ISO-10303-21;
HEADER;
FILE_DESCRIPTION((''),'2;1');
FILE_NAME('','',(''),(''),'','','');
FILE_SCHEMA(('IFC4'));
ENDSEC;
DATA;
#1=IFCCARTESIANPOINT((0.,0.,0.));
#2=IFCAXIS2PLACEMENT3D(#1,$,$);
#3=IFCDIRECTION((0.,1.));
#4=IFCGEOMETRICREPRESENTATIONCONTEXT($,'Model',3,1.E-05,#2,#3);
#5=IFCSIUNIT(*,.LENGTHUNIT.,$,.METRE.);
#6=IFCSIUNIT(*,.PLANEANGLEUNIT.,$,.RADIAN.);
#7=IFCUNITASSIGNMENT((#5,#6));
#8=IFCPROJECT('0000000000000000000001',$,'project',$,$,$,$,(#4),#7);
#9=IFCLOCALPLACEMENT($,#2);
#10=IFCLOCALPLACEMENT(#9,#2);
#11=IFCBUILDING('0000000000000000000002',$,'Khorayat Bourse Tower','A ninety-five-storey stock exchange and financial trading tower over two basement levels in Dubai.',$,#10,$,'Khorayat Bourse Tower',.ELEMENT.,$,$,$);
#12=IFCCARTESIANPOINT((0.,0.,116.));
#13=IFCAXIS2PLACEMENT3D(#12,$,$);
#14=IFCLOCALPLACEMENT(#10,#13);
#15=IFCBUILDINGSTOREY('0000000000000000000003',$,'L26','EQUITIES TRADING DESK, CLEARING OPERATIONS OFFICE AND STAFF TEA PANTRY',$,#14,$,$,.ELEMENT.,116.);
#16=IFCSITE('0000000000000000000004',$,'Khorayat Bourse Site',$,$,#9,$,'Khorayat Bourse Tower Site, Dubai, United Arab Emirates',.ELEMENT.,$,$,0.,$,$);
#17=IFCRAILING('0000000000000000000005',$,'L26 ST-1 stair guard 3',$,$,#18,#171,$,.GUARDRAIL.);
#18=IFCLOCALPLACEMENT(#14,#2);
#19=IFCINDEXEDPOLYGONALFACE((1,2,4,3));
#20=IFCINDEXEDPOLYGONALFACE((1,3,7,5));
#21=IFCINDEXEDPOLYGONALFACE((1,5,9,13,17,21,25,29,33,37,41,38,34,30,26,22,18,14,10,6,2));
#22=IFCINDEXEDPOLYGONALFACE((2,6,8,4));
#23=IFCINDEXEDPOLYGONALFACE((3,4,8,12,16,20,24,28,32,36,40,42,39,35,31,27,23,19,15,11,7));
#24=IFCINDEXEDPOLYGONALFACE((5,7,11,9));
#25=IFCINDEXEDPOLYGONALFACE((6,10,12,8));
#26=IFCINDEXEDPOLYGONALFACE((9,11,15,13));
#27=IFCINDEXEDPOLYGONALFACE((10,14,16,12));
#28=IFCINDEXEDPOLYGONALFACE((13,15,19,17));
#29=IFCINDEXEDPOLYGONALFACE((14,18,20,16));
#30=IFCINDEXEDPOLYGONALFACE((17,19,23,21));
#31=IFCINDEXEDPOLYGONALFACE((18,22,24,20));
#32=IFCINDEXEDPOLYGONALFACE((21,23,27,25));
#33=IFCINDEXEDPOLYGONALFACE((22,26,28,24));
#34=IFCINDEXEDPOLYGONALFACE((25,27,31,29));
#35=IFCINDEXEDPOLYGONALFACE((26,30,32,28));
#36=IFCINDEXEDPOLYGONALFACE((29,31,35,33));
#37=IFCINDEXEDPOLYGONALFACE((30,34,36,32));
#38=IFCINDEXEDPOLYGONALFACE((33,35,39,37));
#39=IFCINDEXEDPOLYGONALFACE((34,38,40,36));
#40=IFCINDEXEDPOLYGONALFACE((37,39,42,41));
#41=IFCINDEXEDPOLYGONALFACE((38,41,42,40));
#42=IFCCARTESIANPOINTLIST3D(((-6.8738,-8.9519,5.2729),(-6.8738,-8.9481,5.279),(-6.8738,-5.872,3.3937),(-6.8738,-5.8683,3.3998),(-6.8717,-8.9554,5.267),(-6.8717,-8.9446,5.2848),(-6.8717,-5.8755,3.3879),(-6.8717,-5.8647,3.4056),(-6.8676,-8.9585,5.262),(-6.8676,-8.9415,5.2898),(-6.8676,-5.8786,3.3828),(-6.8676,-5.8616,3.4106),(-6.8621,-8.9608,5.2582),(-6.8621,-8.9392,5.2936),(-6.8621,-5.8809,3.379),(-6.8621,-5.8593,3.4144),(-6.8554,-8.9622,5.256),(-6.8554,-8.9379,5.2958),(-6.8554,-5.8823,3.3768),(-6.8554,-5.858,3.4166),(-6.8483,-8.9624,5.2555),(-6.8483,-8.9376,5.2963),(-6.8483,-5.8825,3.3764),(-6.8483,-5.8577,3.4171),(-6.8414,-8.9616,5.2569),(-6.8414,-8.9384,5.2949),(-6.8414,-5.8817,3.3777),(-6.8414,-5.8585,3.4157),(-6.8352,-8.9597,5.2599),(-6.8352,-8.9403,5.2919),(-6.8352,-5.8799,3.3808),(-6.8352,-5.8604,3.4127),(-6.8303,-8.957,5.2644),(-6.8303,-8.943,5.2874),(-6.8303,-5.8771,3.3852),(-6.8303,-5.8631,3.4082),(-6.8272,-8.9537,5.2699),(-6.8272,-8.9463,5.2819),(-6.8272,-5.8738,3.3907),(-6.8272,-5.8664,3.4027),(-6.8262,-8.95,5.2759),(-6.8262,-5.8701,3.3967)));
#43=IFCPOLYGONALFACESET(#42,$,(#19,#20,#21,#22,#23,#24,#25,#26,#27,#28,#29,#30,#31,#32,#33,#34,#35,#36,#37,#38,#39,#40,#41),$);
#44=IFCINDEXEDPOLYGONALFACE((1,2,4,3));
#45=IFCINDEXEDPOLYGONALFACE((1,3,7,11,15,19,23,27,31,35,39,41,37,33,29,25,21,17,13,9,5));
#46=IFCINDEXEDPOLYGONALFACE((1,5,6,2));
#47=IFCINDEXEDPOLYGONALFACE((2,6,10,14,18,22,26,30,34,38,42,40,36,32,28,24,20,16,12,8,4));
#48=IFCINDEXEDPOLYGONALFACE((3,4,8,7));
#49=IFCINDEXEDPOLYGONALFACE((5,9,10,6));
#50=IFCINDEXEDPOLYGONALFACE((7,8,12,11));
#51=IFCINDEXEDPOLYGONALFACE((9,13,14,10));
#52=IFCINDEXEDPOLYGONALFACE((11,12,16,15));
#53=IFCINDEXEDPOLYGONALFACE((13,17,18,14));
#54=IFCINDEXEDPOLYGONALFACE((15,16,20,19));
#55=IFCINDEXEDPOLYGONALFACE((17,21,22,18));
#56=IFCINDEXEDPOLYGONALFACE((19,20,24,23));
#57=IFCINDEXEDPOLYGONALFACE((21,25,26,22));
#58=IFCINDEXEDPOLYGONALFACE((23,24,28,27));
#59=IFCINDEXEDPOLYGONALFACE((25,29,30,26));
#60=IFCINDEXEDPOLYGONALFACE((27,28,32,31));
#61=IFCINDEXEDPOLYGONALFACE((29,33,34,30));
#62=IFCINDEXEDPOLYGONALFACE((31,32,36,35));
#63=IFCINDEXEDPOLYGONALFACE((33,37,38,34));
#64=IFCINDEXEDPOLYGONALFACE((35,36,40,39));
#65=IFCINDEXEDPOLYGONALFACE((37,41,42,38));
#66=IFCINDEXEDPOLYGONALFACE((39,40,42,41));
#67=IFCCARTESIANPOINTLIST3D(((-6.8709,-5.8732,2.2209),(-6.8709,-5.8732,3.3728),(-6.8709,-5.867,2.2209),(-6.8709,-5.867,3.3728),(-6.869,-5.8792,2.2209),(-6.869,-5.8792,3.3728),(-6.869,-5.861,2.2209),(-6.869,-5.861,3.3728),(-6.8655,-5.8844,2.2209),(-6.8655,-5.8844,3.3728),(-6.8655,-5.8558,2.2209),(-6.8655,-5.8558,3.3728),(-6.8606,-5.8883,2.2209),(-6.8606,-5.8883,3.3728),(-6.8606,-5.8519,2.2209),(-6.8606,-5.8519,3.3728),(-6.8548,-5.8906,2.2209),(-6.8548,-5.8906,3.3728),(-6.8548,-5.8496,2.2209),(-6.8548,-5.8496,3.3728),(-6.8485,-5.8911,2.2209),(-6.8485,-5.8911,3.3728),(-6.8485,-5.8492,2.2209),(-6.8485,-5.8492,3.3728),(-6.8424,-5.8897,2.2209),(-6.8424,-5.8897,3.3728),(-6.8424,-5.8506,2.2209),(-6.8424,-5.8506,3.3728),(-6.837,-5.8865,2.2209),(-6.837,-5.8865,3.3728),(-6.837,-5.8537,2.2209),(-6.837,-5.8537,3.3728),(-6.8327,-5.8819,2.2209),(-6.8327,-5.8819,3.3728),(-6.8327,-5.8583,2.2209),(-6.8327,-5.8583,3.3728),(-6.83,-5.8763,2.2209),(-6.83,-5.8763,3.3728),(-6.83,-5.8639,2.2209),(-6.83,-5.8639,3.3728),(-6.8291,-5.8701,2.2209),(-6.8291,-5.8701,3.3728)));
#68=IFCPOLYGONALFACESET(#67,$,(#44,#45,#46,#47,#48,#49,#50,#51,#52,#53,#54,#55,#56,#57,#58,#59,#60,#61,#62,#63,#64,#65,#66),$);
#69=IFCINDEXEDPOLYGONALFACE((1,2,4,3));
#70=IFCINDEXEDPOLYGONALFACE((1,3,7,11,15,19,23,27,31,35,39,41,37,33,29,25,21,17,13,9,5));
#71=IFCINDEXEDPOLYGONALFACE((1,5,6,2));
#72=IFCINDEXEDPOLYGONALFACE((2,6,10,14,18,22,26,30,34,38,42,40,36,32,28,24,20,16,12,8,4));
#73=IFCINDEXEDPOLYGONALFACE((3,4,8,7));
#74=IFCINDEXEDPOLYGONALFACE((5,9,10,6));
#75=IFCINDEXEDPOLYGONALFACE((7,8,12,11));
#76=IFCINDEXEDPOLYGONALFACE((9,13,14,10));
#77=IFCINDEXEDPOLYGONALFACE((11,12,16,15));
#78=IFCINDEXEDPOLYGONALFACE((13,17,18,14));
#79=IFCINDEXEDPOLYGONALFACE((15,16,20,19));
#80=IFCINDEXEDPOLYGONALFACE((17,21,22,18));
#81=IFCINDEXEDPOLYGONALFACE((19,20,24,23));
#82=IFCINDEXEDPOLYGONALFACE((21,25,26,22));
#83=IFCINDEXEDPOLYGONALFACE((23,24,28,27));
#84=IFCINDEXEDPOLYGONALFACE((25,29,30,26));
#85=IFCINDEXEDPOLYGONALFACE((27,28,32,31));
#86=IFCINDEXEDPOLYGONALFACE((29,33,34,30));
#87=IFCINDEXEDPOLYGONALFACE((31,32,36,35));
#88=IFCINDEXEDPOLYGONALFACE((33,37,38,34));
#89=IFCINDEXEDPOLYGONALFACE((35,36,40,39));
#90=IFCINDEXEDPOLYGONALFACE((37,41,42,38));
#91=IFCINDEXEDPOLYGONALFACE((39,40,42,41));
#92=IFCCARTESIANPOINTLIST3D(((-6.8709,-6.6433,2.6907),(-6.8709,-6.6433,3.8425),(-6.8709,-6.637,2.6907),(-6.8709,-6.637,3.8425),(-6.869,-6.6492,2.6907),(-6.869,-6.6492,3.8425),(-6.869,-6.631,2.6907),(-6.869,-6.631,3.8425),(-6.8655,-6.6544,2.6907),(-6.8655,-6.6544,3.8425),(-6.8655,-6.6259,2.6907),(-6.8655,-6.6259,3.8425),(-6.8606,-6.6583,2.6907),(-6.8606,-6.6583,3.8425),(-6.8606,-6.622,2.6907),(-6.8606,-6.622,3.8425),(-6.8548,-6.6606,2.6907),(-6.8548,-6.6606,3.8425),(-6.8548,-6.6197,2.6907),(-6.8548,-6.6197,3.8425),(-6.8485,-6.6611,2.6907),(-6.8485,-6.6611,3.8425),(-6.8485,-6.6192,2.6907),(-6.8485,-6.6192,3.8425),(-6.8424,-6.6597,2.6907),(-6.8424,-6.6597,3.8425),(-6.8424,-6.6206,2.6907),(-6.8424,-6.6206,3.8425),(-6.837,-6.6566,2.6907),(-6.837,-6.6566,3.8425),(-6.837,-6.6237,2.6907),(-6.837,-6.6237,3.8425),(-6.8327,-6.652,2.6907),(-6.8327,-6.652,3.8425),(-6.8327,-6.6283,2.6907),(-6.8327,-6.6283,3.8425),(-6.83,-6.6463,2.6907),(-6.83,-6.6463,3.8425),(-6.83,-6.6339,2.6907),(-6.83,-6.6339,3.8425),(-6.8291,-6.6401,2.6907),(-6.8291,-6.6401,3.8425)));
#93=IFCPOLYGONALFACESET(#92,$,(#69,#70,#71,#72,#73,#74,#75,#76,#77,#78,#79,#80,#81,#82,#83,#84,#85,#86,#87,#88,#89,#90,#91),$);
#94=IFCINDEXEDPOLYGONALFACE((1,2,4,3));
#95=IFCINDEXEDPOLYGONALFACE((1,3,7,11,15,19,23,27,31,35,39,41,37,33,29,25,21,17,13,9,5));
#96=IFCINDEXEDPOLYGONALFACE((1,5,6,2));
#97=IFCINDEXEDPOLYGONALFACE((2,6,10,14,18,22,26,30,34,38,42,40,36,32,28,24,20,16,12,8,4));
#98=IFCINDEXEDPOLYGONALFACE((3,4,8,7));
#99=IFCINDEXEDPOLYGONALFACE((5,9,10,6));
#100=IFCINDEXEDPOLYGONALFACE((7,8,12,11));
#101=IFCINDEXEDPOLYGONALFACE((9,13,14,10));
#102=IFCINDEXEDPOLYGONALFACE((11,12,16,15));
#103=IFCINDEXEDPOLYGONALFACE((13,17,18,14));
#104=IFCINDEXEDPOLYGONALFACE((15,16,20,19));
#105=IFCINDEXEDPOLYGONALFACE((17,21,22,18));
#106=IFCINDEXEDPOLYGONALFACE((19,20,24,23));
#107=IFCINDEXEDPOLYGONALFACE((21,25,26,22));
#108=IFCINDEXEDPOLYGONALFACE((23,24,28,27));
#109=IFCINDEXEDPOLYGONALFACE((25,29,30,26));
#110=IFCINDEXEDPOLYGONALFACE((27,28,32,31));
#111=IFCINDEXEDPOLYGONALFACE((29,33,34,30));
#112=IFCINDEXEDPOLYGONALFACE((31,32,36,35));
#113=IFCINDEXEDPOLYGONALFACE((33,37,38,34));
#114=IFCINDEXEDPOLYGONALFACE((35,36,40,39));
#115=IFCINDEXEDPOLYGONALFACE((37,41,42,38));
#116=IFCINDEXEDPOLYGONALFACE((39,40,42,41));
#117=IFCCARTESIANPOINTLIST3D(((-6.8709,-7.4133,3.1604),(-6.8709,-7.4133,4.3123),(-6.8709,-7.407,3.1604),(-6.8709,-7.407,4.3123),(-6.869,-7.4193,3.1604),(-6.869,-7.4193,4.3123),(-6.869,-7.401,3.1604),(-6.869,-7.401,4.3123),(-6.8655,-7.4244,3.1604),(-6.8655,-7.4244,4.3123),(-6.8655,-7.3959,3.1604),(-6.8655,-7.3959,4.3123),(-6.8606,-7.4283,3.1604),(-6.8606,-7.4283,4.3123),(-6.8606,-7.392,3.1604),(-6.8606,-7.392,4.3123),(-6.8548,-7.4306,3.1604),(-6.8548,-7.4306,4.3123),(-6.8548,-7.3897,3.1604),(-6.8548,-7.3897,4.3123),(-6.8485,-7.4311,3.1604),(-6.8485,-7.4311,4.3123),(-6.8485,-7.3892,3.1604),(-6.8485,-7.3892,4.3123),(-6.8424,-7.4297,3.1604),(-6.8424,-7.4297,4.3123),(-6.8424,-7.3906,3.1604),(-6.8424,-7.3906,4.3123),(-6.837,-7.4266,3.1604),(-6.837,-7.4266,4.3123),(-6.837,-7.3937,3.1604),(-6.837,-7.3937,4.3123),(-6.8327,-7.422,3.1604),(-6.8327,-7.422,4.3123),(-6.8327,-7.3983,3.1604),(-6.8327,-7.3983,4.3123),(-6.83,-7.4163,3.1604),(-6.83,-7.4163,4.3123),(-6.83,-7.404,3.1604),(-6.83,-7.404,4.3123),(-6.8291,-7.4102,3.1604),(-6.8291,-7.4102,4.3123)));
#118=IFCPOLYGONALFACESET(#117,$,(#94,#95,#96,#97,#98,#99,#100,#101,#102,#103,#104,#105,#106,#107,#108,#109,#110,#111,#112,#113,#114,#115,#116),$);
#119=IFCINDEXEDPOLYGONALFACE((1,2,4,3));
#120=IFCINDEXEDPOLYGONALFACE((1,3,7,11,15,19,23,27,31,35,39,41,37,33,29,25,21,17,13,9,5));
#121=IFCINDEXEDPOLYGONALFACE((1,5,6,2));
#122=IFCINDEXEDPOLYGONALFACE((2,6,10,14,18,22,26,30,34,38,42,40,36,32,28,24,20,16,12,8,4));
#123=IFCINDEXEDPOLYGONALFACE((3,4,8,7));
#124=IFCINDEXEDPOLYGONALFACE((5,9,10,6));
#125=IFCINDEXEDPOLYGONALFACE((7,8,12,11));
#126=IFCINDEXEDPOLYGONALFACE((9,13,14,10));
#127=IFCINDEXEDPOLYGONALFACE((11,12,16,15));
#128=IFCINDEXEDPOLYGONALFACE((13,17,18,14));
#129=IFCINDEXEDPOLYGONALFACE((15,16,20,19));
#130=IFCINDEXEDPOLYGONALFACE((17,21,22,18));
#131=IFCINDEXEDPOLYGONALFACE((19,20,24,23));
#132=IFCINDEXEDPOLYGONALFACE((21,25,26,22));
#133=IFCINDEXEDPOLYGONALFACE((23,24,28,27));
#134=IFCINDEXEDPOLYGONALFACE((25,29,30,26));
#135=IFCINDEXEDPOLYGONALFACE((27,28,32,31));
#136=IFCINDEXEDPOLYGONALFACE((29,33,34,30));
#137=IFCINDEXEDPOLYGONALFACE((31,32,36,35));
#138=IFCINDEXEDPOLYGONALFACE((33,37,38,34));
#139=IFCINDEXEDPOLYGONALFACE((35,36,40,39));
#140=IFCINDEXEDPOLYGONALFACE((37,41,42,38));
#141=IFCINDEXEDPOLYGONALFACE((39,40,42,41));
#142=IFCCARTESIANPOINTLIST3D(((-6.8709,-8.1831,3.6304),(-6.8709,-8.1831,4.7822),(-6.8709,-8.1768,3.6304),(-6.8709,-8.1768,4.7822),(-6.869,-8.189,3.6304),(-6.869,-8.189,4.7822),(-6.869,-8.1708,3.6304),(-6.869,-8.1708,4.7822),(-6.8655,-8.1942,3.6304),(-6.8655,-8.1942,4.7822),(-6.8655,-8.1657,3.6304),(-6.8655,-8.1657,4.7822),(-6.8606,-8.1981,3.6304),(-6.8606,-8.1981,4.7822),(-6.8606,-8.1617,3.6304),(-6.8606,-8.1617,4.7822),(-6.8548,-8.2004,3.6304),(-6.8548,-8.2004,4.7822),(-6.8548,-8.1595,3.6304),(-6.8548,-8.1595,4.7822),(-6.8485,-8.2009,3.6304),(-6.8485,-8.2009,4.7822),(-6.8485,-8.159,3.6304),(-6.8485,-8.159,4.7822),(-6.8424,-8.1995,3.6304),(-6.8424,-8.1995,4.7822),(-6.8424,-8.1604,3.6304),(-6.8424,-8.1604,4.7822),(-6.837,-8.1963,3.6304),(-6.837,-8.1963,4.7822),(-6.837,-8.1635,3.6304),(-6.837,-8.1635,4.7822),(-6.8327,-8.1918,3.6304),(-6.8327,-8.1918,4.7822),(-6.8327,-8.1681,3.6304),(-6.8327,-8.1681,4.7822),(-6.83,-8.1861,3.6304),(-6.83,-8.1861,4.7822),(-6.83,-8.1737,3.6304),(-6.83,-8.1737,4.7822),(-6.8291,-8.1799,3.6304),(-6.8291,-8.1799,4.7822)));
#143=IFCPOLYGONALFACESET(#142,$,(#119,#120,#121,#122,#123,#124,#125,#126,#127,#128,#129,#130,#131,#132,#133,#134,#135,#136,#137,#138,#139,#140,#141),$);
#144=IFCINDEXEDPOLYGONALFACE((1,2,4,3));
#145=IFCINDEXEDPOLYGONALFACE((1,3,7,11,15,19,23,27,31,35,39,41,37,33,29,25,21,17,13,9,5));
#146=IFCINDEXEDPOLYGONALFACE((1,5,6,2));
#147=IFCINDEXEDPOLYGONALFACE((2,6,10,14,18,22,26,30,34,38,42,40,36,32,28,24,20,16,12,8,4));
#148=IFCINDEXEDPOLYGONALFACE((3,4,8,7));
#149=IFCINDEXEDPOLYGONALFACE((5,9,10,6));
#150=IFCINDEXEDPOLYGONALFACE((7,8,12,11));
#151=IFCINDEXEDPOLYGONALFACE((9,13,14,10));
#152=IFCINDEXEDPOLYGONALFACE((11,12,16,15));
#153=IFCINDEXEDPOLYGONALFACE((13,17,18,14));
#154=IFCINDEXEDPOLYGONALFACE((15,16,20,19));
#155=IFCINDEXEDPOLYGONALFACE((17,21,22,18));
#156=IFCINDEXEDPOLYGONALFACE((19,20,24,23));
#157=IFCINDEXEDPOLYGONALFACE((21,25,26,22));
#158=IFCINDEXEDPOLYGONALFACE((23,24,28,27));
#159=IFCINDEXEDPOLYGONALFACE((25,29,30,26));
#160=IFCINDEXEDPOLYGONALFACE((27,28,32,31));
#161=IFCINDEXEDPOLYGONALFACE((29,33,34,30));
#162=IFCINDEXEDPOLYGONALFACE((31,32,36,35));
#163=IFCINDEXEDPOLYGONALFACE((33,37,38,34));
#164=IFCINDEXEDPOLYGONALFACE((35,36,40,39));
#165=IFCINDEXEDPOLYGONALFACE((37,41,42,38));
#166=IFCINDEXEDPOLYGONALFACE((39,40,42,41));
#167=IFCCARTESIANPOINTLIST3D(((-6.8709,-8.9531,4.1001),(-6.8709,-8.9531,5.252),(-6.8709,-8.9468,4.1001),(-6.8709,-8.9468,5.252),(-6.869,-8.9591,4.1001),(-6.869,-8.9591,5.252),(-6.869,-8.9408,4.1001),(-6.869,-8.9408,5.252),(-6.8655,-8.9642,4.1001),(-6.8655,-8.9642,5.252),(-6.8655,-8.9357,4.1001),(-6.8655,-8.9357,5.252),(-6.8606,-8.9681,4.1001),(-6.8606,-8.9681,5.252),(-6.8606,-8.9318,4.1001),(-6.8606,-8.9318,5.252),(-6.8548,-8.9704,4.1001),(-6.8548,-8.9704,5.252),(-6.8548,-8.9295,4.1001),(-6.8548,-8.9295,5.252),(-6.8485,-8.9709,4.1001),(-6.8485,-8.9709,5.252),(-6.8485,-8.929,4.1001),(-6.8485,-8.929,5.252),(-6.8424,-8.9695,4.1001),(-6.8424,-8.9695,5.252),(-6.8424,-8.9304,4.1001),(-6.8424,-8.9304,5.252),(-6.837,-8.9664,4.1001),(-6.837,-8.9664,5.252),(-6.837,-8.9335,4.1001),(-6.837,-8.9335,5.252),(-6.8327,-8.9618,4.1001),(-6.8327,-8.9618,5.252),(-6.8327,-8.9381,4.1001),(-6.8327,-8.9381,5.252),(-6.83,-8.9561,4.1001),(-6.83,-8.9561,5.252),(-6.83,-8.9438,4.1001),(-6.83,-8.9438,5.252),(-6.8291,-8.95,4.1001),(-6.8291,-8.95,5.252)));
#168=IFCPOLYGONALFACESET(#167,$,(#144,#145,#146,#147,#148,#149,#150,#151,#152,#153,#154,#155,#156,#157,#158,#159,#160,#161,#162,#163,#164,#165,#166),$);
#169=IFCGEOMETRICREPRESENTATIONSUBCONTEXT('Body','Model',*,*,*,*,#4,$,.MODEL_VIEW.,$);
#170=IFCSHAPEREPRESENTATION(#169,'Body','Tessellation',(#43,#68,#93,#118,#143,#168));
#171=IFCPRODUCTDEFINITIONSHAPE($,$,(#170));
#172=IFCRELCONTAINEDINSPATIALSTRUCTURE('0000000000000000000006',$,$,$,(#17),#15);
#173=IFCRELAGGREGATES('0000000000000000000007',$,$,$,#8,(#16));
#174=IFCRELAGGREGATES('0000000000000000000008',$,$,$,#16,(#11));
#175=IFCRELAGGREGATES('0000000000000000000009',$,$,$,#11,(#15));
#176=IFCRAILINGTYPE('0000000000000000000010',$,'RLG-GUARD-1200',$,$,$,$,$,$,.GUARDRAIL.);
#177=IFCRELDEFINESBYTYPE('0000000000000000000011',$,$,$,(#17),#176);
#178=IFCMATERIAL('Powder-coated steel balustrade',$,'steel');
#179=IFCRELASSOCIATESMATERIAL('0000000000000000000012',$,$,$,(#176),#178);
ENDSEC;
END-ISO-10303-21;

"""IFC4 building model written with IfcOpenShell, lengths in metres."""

from ifc_helpers import new_model, si_unit, direction, frame, origin, origin_2d, place, context, subcontext, project, spatial, circle, extrude, source, transform, mapped, material, type_object, element, save


model = new_model("IFC4")

# Units and contexts
model_context = context("Model", 3, precision=1e-05, world=origin(), true_north=direction((0.0, 1.0)))
body_context = subcontext(model_context, "Body", "Model", "MODEL_VIEW")
ifc_project = project(units=[si_unit("LENGTHUNIT", "METRE"), si_unit("PLANEANGLEUNIT", "RADIAN")], contexts=[model_context])

# Site, building, storey
site_placement = place(None, origin())
site = spatial("IfcSite", under=ifc_project, at=site_placement, Name="Khorayat Bourse Site", LongName="Khorayat Bourse Tower Site, Dubai, United Arab Emirates", CompositionType="ELEMENT", RefElevation=0.0)
building_placement = place(site_placement, origin())
building = spatial("IfcBuilding", under=site, at=building_placement, Name="Khorayat Bourse Tower", Description="A ninety-five-storey stock exchange and financial trading tower over two basement levels in Dubai.", LongName="Khorayat Bourse Tower", CompositionType="ELEMENT")
storey_placement = place(building_placement, frame((0.0, 0.0, 116.0)))
storey = spatial("IfcBuildingStorey", under=building, at=storey_placement, Name="L26", Description="EQUITIES TRADING DESK, CLEARING OPERATIONS OFFICE AND STAFF TEA PANTRY", CompositionType="ELEMENT", Elevation=116.0)

# Railing
ifc_material_1 = material(Name="Powder-coated steel balustrade", Category="steel")
railing_type_1 = type_object("IfcRailingType", Name="RLG-GUARD-1200", PredefinedType="GUARDRAIL", material=ifc_material_1)
shared_shape_1 = source(origin(), body_context, "Body", "SweptSolid", [
    extrude(circle(Radius=0.0239, at=origin_2d()), frame((0.0, 0.0, 1.1758), z_axis=(0.0, -0.853648, 0.52085), x_axis=(1.0, 0.0, 0.0)), (0.0, 0.0, 1.0), 3.6079),
    extrude(circle(Radius=0.021, at=origin_2d()), origin(), (0.0, 0.0, 1.0), 1.1519),
    extrude(circle(Radius=0.021, at=origin_2d()), frame((0.0, -0.77, 0.4697)), (0.0, 0.0, 1.0), 1.1519),
    extrude(circle(Radius=0.021, at=origin_2d()), frame((0.0, -1.54, 0.9395)), (0.0, 0.0, 1.0), 1.1519),
    extrude(circle(Radius=0.021, at=origin_2d()), frame((0.0, -2.3098, 1.4094)), (0.0, 0.0, 1.0), 1.1519),
    extrude(circle(Radius=0.021, at=origin_2d()), frame((0.0, -3.0798, 1.8792)), (0.0, 0.0, 1.0), 1.1519),
])
railing_1_placement = place(storey_placement, frame((-6.8501, -5.8701, 2.2209)))
element("IfcRailing", 1, at=railing_1_placement, inside=storey, type_object=railing_type_1, Name="L26 ST-1 stair guard 3", PredefinedType="GUARDRAIL", context=body_context, shape_type="MappedRepresentation", body=[
    mapped(shared_shape_1, transform((0.0, 0.0, 0.0), scale=1.0)),
])

save(model, "model.ifc")
